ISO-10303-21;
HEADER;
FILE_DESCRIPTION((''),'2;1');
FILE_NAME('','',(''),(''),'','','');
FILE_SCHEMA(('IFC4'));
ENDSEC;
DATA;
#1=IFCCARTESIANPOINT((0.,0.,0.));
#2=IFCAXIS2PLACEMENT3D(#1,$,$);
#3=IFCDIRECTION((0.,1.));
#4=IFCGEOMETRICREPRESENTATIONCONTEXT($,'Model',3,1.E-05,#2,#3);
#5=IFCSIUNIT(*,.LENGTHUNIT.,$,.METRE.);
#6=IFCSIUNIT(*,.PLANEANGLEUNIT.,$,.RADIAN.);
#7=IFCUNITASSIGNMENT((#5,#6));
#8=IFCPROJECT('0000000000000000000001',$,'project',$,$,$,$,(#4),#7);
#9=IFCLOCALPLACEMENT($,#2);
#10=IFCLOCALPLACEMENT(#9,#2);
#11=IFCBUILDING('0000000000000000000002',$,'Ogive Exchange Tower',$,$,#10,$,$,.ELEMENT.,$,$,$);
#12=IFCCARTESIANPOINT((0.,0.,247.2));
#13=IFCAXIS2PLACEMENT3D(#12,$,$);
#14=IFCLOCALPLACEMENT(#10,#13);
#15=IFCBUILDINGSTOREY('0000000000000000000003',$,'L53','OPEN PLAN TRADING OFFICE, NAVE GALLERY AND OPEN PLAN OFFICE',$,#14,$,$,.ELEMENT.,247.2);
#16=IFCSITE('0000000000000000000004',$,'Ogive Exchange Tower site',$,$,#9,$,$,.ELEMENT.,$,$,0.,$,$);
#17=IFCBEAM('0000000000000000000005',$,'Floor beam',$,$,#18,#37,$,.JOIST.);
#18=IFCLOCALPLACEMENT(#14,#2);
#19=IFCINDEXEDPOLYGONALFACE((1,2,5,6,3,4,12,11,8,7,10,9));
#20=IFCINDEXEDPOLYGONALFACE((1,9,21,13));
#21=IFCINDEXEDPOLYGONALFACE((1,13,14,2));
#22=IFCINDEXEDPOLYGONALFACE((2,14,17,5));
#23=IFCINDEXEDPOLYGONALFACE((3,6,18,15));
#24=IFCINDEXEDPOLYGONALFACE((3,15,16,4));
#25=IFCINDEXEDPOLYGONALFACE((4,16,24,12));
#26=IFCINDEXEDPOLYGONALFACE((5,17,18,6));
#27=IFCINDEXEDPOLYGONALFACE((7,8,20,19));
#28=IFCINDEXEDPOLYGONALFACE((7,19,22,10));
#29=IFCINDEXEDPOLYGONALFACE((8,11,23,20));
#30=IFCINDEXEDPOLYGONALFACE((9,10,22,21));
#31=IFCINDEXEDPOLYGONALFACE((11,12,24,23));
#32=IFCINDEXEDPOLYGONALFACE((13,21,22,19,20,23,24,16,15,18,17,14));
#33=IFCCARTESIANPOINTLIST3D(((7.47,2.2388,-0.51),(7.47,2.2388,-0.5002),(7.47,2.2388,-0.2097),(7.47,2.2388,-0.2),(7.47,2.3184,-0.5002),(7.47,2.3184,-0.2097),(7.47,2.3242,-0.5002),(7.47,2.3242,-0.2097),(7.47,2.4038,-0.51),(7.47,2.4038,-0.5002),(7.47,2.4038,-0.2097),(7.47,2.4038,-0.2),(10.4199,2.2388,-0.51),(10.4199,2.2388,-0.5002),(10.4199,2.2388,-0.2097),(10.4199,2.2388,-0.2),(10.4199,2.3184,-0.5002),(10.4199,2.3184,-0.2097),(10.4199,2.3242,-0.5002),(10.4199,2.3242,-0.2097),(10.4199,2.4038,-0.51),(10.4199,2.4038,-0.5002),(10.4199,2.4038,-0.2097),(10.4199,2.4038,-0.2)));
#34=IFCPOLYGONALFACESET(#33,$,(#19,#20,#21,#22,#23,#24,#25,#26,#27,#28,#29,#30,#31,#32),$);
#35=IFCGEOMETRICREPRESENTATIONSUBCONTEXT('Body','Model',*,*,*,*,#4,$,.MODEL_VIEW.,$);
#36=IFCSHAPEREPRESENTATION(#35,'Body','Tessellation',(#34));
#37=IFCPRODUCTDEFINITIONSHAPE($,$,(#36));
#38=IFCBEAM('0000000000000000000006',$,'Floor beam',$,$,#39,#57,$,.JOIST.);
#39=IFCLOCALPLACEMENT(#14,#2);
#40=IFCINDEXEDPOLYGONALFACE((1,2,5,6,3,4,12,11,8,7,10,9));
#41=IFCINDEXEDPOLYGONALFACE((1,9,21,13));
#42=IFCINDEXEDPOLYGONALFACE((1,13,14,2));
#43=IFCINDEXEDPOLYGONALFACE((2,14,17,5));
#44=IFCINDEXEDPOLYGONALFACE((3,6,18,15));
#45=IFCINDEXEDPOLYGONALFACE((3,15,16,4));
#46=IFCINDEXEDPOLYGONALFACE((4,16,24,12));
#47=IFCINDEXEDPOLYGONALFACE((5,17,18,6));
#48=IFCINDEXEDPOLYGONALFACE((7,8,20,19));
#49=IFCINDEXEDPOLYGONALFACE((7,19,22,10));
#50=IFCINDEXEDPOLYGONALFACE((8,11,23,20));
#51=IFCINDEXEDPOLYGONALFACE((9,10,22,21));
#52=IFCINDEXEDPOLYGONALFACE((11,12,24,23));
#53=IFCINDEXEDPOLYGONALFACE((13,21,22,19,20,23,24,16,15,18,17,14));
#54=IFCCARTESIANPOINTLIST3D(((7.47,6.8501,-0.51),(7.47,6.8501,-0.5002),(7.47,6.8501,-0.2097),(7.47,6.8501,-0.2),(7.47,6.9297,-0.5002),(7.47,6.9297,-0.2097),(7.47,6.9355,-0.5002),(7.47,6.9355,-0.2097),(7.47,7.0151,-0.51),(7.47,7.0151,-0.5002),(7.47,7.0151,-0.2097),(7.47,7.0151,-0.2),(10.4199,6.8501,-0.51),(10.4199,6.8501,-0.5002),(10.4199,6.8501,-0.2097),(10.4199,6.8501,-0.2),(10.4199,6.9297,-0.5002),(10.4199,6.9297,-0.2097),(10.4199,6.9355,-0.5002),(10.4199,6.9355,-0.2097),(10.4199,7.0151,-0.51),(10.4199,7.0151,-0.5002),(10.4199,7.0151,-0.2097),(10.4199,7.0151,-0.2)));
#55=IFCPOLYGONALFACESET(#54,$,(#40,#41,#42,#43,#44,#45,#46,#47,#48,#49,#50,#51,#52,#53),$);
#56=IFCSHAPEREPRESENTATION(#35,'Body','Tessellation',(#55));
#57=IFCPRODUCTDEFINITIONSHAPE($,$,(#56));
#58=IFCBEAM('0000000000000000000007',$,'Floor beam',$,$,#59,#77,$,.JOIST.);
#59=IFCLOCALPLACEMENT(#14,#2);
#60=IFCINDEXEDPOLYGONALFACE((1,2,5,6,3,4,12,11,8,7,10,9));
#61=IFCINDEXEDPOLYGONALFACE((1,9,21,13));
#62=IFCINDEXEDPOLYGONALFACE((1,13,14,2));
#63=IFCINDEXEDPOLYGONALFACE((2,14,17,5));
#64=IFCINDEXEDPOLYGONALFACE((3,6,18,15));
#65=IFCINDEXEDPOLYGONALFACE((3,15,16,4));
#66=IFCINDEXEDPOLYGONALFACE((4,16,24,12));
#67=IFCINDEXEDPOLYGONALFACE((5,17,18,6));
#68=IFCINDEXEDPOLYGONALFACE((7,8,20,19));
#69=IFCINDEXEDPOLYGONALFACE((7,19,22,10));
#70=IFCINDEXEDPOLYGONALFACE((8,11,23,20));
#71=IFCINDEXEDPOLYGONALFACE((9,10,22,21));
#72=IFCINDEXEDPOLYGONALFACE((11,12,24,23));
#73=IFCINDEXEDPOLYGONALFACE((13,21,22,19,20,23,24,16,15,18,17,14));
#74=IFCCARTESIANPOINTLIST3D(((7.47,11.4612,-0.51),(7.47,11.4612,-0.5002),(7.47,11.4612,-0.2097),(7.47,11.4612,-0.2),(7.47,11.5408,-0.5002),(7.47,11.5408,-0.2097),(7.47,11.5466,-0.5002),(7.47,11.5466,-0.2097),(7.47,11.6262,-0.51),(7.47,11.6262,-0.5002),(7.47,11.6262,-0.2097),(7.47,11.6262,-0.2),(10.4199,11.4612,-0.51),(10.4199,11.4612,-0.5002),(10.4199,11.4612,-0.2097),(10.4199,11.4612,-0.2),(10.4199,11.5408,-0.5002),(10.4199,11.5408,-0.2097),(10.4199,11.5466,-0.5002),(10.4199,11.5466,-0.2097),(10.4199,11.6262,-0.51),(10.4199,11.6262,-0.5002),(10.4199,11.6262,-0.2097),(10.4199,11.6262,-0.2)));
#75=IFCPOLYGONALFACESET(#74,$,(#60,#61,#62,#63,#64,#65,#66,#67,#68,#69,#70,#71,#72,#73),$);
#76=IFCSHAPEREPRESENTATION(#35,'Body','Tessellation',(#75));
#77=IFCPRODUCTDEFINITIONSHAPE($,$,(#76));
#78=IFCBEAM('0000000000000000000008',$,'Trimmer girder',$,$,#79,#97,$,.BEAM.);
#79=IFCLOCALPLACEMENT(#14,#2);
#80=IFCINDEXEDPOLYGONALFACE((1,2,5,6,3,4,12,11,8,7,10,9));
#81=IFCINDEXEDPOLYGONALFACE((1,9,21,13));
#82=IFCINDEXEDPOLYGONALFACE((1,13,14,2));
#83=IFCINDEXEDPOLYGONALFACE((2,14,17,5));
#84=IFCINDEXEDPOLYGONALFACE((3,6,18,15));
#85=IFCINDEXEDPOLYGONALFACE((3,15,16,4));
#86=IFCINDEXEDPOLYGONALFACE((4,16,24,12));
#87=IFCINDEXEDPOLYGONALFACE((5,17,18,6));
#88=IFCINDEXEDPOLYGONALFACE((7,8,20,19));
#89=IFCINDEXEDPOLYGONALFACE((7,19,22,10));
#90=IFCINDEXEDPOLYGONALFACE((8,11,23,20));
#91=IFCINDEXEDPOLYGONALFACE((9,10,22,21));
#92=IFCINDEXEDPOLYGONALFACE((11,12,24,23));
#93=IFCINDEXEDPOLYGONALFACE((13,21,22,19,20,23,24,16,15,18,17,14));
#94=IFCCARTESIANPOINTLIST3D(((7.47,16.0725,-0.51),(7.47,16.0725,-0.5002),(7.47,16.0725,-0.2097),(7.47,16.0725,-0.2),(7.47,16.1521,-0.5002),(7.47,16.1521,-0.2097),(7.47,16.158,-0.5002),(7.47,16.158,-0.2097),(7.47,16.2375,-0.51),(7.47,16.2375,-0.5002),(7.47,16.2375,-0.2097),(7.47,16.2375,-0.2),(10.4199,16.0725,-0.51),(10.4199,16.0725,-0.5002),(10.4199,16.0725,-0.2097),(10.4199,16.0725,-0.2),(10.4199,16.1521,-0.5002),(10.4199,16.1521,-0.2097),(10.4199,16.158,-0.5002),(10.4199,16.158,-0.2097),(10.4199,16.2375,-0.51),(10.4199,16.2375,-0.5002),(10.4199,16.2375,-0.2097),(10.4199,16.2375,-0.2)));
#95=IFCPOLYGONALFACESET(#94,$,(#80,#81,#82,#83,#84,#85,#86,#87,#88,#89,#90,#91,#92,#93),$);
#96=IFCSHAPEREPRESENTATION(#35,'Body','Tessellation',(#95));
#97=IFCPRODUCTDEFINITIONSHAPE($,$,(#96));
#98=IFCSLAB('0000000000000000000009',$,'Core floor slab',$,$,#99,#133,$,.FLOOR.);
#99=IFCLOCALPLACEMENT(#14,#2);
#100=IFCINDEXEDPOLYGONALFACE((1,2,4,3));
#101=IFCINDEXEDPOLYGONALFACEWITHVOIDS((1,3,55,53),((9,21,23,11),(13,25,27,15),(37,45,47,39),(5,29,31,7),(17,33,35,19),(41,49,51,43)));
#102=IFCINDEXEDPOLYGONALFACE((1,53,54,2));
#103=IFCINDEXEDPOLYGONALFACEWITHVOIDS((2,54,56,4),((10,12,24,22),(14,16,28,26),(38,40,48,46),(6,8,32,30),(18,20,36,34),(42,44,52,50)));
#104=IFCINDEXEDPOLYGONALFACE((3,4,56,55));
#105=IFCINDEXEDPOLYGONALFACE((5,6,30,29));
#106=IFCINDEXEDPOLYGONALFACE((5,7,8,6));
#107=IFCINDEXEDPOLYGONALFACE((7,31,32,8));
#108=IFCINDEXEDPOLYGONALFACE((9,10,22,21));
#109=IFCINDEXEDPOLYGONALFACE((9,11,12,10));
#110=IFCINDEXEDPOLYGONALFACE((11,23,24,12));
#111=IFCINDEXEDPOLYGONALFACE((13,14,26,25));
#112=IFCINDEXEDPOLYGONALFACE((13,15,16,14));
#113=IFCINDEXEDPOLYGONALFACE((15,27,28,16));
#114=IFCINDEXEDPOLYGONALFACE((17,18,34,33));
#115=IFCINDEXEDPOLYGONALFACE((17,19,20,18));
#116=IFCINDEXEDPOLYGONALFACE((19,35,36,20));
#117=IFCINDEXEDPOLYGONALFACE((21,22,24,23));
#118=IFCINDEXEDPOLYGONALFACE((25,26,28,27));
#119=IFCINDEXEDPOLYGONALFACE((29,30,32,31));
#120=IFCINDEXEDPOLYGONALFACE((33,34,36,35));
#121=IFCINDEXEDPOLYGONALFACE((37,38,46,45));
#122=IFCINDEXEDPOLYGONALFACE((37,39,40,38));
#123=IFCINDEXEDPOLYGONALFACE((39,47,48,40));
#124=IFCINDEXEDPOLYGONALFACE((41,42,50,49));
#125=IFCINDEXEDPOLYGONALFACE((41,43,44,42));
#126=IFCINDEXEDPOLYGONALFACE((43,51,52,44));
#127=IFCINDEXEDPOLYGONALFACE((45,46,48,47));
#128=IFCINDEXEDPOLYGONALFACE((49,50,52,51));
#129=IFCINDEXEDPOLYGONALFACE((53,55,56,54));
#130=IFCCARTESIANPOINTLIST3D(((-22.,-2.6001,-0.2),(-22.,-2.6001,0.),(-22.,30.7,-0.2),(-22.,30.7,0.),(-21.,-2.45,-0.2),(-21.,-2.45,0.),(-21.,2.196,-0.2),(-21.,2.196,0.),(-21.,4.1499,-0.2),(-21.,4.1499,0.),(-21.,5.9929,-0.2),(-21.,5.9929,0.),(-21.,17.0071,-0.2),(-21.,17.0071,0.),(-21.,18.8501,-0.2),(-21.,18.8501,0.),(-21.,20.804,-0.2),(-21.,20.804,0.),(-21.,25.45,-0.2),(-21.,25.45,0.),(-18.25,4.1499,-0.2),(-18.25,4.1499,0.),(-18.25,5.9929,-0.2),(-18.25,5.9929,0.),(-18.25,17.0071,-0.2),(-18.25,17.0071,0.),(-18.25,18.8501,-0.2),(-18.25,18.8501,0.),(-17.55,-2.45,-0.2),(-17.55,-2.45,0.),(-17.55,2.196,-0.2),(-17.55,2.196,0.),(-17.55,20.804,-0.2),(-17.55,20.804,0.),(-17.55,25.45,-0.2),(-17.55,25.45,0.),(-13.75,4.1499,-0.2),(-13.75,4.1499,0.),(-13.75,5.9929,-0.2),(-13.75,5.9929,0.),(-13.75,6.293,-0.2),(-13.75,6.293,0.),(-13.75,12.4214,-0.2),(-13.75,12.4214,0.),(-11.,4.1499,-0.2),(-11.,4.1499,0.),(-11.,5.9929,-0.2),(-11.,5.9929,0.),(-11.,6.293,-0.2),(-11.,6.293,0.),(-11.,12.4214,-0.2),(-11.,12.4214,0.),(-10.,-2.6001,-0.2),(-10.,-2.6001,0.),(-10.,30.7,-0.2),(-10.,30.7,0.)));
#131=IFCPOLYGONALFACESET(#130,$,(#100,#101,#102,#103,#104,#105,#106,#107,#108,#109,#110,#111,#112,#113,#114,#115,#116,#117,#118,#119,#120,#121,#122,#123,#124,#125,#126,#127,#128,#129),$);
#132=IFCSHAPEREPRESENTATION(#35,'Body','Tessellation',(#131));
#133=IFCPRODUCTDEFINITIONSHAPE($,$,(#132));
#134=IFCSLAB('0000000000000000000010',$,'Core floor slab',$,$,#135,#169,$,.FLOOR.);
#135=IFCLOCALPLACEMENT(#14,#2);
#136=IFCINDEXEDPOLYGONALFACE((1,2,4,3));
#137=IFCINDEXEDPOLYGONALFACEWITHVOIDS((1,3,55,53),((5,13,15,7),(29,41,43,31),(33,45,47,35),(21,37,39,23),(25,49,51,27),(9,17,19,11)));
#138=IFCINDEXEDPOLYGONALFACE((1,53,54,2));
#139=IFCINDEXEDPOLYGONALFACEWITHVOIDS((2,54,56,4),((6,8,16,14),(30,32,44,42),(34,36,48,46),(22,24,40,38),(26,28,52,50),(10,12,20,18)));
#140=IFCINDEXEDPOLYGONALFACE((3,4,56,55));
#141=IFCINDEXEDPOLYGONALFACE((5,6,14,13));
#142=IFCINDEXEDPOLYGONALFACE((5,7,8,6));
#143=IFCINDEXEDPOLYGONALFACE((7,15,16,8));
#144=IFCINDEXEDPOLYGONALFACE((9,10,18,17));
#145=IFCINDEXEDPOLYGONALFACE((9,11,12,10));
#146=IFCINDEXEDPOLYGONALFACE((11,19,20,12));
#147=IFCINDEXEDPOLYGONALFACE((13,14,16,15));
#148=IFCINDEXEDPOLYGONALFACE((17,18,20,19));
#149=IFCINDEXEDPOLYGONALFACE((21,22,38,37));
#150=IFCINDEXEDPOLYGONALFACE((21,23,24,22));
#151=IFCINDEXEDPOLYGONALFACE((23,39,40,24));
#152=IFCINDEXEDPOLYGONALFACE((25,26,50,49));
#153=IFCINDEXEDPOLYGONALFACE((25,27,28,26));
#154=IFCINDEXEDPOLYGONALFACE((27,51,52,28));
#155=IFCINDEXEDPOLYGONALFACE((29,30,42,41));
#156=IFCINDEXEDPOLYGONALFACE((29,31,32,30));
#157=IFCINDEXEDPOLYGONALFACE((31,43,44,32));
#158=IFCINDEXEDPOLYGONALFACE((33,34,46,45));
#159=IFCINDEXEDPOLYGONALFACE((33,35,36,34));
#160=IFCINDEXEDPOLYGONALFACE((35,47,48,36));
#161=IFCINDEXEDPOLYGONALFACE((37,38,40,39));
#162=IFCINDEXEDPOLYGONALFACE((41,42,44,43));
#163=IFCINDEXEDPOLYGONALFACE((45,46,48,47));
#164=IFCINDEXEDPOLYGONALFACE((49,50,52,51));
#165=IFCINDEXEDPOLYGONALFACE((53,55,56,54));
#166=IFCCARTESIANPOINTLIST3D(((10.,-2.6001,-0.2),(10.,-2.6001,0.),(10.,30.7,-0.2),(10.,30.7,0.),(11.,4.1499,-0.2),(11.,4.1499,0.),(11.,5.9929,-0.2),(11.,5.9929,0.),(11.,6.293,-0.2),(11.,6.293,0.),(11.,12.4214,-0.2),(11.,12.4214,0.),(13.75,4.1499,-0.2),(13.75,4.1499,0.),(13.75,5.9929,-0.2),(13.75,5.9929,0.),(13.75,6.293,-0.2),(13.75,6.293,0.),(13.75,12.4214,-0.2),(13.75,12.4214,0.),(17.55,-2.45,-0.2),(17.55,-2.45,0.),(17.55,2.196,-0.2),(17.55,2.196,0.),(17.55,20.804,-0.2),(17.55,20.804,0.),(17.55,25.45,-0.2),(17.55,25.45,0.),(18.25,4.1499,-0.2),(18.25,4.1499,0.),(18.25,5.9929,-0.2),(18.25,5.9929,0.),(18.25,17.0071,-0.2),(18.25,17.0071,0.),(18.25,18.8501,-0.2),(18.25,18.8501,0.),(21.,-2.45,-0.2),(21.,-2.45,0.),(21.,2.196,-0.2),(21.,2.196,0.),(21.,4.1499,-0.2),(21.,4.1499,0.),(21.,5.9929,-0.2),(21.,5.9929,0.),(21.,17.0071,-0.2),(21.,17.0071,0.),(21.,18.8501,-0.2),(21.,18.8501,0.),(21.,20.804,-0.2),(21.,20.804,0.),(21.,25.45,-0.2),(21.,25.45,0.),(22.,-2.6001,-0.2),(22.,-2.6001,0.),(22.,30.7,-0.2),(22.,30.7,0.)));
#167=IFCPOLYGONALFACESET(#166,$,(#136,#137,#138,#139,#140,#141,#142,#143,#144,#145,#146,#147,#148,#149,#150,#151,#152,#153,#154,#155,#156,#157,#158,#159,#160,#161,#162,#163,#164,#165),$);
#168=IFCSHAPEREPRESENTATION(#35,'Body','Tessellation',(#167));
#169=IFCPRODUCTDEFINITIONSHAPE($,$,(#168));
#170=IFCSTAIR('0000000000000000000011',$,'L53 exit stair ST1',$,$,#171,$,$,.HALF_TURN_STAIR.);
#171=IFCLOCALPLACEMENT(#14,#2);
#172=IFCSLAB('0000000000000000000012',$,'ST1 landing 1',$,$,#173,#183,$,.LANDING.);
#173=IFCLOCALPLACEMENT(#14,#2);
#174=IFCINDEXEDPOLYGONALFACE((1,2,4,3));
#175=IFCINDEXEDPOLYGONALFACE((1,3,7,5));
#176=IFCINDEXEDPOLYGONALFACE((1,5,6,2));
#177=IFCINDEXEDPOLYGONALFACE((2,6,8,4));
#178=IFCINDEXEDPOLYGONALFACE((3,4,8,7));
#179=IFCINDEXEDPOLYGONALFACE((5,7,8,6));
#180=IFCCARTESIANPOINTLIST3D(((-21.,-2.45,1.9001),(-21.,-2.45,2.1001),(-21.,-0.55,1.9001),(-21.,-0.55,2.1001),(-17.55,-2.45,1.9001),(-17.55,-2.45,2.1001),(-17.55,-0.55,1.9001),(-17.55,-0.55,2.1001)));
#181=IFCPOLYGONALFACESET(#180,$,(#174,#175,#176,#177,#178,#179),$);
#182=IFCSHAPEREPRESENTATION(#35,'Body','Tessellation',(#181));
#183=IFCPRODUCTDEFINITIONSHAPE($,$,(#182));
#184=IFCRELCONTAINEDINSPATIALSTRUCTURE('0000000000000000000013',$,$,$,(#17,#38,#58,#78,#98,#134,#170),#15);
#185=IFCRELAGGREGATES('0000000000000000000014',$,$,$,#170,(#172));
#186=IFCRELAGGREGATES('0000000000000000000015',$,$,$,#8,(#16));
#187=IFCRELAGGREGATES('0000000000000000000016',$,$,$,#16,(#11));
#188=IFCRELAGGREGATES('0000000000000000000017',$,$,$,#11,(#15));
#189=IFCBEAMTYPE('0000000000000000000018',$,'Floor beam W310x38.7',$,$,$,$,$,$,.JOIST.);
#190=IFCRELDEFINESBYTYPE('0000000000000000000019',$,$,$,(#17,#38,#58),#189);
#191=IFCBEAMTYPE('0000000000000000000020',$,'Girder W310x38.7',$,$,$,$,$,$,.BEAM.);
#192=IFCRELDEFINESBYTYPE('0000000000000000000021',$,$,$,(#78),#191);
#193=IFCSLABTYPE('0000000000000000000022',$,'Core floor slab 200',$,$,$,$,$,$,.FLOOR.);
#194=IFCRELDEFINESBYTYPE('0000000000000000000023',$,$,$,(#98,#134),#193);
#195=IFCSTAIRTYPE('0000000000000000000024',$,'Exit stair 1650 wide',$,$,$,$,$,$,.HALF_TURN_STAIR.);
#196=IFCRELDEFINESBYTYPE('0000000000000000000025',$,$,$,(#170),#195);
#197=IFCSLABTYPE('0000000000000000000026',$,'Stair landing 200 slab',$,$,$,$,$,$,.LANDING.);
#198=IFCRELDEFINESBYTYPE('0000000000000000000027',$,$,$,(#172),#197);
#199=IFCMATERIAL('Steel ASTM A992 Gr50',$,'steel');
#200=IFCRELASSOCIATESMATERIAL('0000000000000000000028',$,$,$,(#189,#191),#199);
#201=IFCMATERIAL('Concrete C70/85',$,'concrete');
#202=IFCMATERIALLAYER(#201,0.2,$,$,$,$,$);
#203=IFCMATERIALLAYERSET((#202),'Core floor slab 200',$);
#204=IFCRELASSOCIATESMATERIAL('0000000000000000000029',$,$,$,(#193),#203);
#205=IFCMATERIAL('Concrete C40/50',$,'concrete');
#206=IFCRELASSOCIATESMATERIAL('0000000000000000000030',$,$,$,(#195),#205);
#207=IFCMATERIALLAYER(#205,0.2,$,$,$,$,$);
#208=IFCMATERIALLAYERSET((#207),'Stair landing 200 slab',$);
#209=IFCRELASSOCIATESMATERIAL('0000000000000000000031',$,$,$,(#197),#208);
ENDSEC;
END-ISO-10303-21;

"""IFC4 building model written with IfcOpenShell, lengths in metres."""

from ifc_helpers import new_model, si_unit, direction, frame, origin, origin_2d, place, context, subcontext, project, spatial, polyline, i_section, outline, extrude, material, layer, layer_set, material_profile, profile_set, type_object, element, aggregate, save


model = new_model("IFC4")

# Units and contexts
model_context = context("Model", 3, precision=1e-05, world=origin(), true_north=direction((0.0, 1.0)))
body_context = subcontext(model_context, "Body", "Model", "MODEL_VIEW")
ifc_project = project(units=[si_unit("LENGTHUNIT", "METRE"), si_unit("PLANEANGLEUNIT", "RADIAN")], contexts=[model_context])

# Site, building, storey
site_placement = place(None, origin())
site = spatial("IfcSite", under=ifc_project, at=site_placement, Name="Ogive Exchange Tower site", CompositionType="ELEMENT", RefElevation=0.0)
building_placement = place(site_placement, origin())
building = spatial("IfcBuilding", under=site, at=building_placement, Name="Ogive Exchange Tower", CompositionType="ELEMENT")
storey_placement = place(building_placement, frame((0.0, 0.0, 247.2)))
storey = spatial("IfcBuildingStorey", under=building, at=storey_placement, Name="L53", Description="OPEN PLAN TRADING OFFICE, NAVE GALLERY AND OPEN PLAN OFFICE", CompositionType="ELEMENT", Elevation=247.2)

# Beams
ifc_material_1 = material(Name="Steel ASTM A992 Gr50", Category="steel")
ifc_material_profile_1 = material_profile(ifc_material_1, i_section(OverallWidth=0.165, OverallDepth=0.3101, WebThickness=0.0059, FlangeThickness=0.0098, at=origin_2d()), Name="W310x38.7")
ifc_profile_set_1 = profile_set([ifc_material_profile_1], Name="Steel ASTM A992 Gr50")
beam_type_1 = type_object("IfcBeamType", Name="Floor beam W310x38.7", PredefinedType="JOIST", material=ifc_profile_set_1)
for number, where, z_axis, x_axis, name in (
    (1, (7.47, 2.3213, -0.355), (1.0, 0.0, 0.0), (0.0, 1.0, 0.0), "Floor beam"),
    (2, (7.47, 6.9326, -0.355), (1.0, 0.0, 0.0), (0.0, 1.0, 0.0), "Floor beam"),
    (3, (7.47, 11.5437, -0.355), (1.0, 0.0, 0.0), (0.0, 1.0, 0.0), "Floor beam"),
):
    element("IfcBeam", number, at=place(storey_placement, frame(where, z_axis=z_axis, x_axis=x_axis)), inside=storey, type_object=beam_type_1, Name=name, PredefinedType="JOIST", context=body_context, shape_type="SweptSolid", body=[
        extrude(i_section(OverallWidth=0.165, OverallDepth=0.3101, WebThickness=0.0059, FlangeThickness=0.0098, at=origin_2d()), origin(), (0.0, 0.0, 1.0), 2.95),
    ])
ifc_material_profile_2 = material_profile(ifc_material_1, i_section(OverallWidth=0.165, OverallDepth=0.3101, WebThickness=0.0059, FlangeThickness=0.0098, at=origin_2d()), Name="W310x38.7")
ifc_profile_set_2 = profile_set([ifc_material_profile_2], Name="Steel ASTM A992 Gr50")
beam_type_2 = type_object("IfcBeamType", Name="Girder W310x38.7", PredefinedType="BEAM", material=ifc_profile_set_2)
beam_placement = place(storey_placement, frame((7.47, 16.155, -0.355), z_axis=(1.0, 0.0, 0.0), x_axis=(0.0, 1.0, 0.0)))
element("IfcBeam", 4, at=beam_placement, inside=storey, type_object=beam_type_2, Name="Trimmer girder", PredefinedType="BEAM", context=body_context, shape_type="SweptSolid", body=[
    extrude(i_section(OverallWidth=0.165, OverallDepth=0.3101, WebThickness=0.0059, FlangeThickness=0.0098, at=origin_2d()), origin(), (0.0, 0.0, 1.0), 2.95),
])

# Slabs
ifc_material_2 = material(Name="Concrete C70/85", Category="concrete")
ifc_layer_1 = layer(ifc_material_2, 0.2)
ifc_layer_set_1 = layer_set([ifc_layer_1], Name="Core floor slab 200")
slab_type_1 = type_object("IfcSlabType", Name="Core floor slab 200", PredefinedType="FLOOR", material=ifc_layer_set_1)
slab_1_placement = place(storey_placement, frame((0.0, 0.0, -0.2)))
element("IfcSlab", 5, at=slab_1_placement, inside=storey, type_object=slab_type_1, Name="Core floor slab", PredefinedType="FLOOR", context=body_context, shape_type="SweptSolid", body=[
    extrude(outline(polyline([(-22.0, -2.6001), (-22.0, 30.7), (-10.0, 30.7), (-10.0, -2.6001), (-22.0, -2.6001)]), holes=[polyline([(-17.55, 2.196), (-21.0, 2.196), (-21.0, -2.45), (-17.55, -2.45), (-17.55, 2.196)]), polyline([(-18.25, 5.9929), (-21.0, 5.9929), (-21.0, 4.1499), (-18.25, 4.1499), (-18.25, 5.9929)]), polyline([(-11.0, 5.9929), (-13.75, 5.9929), (-13.75, 4.1499), (-11.0, 4.1499), (-11.0, 5.9929)]), polyline([(-13.75, 12.4214), (-13.75, 6.293), (-11.0, 6.293), (-11.0, 12.4214), (-13.75, 12.4214)]), polyline([(-18.25, 18.8501), (-21.0, 18.8501), (-21.0, 17.0071), (-18.25, 17.0071), (-18.25, 18.8501)]), polyline([(-21.0, 25.45), (-21.0, 20.804), (-17.55, 20.804), (-17.55, 25.45), (-21.0, 25.45)])]), origin(), (0.0, 0.0, 1.0), 0.2),
])
slab_2_placement = place(storey_placement, frame((0.0, 0.0, -0.2)))
element("IfcSlab", 6, at=slab_2_placement, inside=storey, type_object=slab_type_1, Name="Core floor slab", PredefinedType="FLOOR", context=body_context, shape_type="SweptSolid", body=[
    extrude(outline(polyline([(10.0, -2.6001), (10.0, 30.7), (22.0, 30.7), (22.0, -2.6001), (10.0, -2.6001)]), holes=[polyline([(21.0, 2.196), (17.55, 2.196), (17.55, -2.45), (21.0, -2.45), (21.0, 2.196)]), polyline([(13.75, 5.9929), (11.0, 5.9929), (11.0, 4.1499), (13.75, 4.1499), (13.75, 5.9929)]), polyline([(21.0, 5.9929), (18.25, 5.9929), (18.25, 4.1499), (21.0, 4.1499), (21.0, 5.9929)]), polyline([(11.0, 12.4214), (11.0, 6.293), (13.75, 6.293), (13.75, 12.4214), (11.0, 12.4214)]), polyline([(21.0, 18.8501), (18.25, 18.8501), (18.25, 17.0071), (21.0, 17.0071), (21.0, 18.8501)]), polyline([(17.55, 25.45), (17.55, 20.804), (21.0, 20.804), (21.0, 25.45), (17.55, 25.45)])]), origin(), (0.0, 0.0, 1.0), 0.2),
])

# Stair, slab
ifc_material_3 = material(Name="Concrete C40/50", Category="concrete")
stair_type = type_object("IfcStairType", Name="Exit stair 1650 wide", PredefinedType="HALF_TURN_STAIR", material=ifc_material_3)
stair_1_placement = place(storey_placement, origin())
stair_1 = element("IfcStair", 7, at=stair_1_placement, inside=storey, type_object=stair_type, Name="L53 exit stair ST1", PredefinedType="HALF_TURN_STAIR")
ifc_layer_2 = layer(ifc_material_3, 0.2)
ifc_layer_set_2 = layer_set([ifc_layer_2], Name="Stair landing 200 slab")
slab_type_2 = type_object("IfcSlabType", Name="Stair landing 200 slab", PredefinedType="LANDING", material=ifc_layer_set_2)
slab_3_placement = place(storey_placement, frame((0.0, 0.0, 1.9001)))
slab_3 = element("IfcSlab", 8, at=slab_3_placement, type_object=slab_type_2, Name="ST1 landing 1", PredefinedType="LANDING", context=body_context, shape_type="SweptSolid", body=[
    extrude(outline(polyline([(-21.0, -0.55), (-21.0, -2.45), (-17.55, -2.45), (-17.55, -0.55), (-21.0, -0.55)])), origin(), (0.0, 0.0, 1.0), 0.2),
])
aggregate(stair_1, [slab_3])

save(model, "model.ifc")
